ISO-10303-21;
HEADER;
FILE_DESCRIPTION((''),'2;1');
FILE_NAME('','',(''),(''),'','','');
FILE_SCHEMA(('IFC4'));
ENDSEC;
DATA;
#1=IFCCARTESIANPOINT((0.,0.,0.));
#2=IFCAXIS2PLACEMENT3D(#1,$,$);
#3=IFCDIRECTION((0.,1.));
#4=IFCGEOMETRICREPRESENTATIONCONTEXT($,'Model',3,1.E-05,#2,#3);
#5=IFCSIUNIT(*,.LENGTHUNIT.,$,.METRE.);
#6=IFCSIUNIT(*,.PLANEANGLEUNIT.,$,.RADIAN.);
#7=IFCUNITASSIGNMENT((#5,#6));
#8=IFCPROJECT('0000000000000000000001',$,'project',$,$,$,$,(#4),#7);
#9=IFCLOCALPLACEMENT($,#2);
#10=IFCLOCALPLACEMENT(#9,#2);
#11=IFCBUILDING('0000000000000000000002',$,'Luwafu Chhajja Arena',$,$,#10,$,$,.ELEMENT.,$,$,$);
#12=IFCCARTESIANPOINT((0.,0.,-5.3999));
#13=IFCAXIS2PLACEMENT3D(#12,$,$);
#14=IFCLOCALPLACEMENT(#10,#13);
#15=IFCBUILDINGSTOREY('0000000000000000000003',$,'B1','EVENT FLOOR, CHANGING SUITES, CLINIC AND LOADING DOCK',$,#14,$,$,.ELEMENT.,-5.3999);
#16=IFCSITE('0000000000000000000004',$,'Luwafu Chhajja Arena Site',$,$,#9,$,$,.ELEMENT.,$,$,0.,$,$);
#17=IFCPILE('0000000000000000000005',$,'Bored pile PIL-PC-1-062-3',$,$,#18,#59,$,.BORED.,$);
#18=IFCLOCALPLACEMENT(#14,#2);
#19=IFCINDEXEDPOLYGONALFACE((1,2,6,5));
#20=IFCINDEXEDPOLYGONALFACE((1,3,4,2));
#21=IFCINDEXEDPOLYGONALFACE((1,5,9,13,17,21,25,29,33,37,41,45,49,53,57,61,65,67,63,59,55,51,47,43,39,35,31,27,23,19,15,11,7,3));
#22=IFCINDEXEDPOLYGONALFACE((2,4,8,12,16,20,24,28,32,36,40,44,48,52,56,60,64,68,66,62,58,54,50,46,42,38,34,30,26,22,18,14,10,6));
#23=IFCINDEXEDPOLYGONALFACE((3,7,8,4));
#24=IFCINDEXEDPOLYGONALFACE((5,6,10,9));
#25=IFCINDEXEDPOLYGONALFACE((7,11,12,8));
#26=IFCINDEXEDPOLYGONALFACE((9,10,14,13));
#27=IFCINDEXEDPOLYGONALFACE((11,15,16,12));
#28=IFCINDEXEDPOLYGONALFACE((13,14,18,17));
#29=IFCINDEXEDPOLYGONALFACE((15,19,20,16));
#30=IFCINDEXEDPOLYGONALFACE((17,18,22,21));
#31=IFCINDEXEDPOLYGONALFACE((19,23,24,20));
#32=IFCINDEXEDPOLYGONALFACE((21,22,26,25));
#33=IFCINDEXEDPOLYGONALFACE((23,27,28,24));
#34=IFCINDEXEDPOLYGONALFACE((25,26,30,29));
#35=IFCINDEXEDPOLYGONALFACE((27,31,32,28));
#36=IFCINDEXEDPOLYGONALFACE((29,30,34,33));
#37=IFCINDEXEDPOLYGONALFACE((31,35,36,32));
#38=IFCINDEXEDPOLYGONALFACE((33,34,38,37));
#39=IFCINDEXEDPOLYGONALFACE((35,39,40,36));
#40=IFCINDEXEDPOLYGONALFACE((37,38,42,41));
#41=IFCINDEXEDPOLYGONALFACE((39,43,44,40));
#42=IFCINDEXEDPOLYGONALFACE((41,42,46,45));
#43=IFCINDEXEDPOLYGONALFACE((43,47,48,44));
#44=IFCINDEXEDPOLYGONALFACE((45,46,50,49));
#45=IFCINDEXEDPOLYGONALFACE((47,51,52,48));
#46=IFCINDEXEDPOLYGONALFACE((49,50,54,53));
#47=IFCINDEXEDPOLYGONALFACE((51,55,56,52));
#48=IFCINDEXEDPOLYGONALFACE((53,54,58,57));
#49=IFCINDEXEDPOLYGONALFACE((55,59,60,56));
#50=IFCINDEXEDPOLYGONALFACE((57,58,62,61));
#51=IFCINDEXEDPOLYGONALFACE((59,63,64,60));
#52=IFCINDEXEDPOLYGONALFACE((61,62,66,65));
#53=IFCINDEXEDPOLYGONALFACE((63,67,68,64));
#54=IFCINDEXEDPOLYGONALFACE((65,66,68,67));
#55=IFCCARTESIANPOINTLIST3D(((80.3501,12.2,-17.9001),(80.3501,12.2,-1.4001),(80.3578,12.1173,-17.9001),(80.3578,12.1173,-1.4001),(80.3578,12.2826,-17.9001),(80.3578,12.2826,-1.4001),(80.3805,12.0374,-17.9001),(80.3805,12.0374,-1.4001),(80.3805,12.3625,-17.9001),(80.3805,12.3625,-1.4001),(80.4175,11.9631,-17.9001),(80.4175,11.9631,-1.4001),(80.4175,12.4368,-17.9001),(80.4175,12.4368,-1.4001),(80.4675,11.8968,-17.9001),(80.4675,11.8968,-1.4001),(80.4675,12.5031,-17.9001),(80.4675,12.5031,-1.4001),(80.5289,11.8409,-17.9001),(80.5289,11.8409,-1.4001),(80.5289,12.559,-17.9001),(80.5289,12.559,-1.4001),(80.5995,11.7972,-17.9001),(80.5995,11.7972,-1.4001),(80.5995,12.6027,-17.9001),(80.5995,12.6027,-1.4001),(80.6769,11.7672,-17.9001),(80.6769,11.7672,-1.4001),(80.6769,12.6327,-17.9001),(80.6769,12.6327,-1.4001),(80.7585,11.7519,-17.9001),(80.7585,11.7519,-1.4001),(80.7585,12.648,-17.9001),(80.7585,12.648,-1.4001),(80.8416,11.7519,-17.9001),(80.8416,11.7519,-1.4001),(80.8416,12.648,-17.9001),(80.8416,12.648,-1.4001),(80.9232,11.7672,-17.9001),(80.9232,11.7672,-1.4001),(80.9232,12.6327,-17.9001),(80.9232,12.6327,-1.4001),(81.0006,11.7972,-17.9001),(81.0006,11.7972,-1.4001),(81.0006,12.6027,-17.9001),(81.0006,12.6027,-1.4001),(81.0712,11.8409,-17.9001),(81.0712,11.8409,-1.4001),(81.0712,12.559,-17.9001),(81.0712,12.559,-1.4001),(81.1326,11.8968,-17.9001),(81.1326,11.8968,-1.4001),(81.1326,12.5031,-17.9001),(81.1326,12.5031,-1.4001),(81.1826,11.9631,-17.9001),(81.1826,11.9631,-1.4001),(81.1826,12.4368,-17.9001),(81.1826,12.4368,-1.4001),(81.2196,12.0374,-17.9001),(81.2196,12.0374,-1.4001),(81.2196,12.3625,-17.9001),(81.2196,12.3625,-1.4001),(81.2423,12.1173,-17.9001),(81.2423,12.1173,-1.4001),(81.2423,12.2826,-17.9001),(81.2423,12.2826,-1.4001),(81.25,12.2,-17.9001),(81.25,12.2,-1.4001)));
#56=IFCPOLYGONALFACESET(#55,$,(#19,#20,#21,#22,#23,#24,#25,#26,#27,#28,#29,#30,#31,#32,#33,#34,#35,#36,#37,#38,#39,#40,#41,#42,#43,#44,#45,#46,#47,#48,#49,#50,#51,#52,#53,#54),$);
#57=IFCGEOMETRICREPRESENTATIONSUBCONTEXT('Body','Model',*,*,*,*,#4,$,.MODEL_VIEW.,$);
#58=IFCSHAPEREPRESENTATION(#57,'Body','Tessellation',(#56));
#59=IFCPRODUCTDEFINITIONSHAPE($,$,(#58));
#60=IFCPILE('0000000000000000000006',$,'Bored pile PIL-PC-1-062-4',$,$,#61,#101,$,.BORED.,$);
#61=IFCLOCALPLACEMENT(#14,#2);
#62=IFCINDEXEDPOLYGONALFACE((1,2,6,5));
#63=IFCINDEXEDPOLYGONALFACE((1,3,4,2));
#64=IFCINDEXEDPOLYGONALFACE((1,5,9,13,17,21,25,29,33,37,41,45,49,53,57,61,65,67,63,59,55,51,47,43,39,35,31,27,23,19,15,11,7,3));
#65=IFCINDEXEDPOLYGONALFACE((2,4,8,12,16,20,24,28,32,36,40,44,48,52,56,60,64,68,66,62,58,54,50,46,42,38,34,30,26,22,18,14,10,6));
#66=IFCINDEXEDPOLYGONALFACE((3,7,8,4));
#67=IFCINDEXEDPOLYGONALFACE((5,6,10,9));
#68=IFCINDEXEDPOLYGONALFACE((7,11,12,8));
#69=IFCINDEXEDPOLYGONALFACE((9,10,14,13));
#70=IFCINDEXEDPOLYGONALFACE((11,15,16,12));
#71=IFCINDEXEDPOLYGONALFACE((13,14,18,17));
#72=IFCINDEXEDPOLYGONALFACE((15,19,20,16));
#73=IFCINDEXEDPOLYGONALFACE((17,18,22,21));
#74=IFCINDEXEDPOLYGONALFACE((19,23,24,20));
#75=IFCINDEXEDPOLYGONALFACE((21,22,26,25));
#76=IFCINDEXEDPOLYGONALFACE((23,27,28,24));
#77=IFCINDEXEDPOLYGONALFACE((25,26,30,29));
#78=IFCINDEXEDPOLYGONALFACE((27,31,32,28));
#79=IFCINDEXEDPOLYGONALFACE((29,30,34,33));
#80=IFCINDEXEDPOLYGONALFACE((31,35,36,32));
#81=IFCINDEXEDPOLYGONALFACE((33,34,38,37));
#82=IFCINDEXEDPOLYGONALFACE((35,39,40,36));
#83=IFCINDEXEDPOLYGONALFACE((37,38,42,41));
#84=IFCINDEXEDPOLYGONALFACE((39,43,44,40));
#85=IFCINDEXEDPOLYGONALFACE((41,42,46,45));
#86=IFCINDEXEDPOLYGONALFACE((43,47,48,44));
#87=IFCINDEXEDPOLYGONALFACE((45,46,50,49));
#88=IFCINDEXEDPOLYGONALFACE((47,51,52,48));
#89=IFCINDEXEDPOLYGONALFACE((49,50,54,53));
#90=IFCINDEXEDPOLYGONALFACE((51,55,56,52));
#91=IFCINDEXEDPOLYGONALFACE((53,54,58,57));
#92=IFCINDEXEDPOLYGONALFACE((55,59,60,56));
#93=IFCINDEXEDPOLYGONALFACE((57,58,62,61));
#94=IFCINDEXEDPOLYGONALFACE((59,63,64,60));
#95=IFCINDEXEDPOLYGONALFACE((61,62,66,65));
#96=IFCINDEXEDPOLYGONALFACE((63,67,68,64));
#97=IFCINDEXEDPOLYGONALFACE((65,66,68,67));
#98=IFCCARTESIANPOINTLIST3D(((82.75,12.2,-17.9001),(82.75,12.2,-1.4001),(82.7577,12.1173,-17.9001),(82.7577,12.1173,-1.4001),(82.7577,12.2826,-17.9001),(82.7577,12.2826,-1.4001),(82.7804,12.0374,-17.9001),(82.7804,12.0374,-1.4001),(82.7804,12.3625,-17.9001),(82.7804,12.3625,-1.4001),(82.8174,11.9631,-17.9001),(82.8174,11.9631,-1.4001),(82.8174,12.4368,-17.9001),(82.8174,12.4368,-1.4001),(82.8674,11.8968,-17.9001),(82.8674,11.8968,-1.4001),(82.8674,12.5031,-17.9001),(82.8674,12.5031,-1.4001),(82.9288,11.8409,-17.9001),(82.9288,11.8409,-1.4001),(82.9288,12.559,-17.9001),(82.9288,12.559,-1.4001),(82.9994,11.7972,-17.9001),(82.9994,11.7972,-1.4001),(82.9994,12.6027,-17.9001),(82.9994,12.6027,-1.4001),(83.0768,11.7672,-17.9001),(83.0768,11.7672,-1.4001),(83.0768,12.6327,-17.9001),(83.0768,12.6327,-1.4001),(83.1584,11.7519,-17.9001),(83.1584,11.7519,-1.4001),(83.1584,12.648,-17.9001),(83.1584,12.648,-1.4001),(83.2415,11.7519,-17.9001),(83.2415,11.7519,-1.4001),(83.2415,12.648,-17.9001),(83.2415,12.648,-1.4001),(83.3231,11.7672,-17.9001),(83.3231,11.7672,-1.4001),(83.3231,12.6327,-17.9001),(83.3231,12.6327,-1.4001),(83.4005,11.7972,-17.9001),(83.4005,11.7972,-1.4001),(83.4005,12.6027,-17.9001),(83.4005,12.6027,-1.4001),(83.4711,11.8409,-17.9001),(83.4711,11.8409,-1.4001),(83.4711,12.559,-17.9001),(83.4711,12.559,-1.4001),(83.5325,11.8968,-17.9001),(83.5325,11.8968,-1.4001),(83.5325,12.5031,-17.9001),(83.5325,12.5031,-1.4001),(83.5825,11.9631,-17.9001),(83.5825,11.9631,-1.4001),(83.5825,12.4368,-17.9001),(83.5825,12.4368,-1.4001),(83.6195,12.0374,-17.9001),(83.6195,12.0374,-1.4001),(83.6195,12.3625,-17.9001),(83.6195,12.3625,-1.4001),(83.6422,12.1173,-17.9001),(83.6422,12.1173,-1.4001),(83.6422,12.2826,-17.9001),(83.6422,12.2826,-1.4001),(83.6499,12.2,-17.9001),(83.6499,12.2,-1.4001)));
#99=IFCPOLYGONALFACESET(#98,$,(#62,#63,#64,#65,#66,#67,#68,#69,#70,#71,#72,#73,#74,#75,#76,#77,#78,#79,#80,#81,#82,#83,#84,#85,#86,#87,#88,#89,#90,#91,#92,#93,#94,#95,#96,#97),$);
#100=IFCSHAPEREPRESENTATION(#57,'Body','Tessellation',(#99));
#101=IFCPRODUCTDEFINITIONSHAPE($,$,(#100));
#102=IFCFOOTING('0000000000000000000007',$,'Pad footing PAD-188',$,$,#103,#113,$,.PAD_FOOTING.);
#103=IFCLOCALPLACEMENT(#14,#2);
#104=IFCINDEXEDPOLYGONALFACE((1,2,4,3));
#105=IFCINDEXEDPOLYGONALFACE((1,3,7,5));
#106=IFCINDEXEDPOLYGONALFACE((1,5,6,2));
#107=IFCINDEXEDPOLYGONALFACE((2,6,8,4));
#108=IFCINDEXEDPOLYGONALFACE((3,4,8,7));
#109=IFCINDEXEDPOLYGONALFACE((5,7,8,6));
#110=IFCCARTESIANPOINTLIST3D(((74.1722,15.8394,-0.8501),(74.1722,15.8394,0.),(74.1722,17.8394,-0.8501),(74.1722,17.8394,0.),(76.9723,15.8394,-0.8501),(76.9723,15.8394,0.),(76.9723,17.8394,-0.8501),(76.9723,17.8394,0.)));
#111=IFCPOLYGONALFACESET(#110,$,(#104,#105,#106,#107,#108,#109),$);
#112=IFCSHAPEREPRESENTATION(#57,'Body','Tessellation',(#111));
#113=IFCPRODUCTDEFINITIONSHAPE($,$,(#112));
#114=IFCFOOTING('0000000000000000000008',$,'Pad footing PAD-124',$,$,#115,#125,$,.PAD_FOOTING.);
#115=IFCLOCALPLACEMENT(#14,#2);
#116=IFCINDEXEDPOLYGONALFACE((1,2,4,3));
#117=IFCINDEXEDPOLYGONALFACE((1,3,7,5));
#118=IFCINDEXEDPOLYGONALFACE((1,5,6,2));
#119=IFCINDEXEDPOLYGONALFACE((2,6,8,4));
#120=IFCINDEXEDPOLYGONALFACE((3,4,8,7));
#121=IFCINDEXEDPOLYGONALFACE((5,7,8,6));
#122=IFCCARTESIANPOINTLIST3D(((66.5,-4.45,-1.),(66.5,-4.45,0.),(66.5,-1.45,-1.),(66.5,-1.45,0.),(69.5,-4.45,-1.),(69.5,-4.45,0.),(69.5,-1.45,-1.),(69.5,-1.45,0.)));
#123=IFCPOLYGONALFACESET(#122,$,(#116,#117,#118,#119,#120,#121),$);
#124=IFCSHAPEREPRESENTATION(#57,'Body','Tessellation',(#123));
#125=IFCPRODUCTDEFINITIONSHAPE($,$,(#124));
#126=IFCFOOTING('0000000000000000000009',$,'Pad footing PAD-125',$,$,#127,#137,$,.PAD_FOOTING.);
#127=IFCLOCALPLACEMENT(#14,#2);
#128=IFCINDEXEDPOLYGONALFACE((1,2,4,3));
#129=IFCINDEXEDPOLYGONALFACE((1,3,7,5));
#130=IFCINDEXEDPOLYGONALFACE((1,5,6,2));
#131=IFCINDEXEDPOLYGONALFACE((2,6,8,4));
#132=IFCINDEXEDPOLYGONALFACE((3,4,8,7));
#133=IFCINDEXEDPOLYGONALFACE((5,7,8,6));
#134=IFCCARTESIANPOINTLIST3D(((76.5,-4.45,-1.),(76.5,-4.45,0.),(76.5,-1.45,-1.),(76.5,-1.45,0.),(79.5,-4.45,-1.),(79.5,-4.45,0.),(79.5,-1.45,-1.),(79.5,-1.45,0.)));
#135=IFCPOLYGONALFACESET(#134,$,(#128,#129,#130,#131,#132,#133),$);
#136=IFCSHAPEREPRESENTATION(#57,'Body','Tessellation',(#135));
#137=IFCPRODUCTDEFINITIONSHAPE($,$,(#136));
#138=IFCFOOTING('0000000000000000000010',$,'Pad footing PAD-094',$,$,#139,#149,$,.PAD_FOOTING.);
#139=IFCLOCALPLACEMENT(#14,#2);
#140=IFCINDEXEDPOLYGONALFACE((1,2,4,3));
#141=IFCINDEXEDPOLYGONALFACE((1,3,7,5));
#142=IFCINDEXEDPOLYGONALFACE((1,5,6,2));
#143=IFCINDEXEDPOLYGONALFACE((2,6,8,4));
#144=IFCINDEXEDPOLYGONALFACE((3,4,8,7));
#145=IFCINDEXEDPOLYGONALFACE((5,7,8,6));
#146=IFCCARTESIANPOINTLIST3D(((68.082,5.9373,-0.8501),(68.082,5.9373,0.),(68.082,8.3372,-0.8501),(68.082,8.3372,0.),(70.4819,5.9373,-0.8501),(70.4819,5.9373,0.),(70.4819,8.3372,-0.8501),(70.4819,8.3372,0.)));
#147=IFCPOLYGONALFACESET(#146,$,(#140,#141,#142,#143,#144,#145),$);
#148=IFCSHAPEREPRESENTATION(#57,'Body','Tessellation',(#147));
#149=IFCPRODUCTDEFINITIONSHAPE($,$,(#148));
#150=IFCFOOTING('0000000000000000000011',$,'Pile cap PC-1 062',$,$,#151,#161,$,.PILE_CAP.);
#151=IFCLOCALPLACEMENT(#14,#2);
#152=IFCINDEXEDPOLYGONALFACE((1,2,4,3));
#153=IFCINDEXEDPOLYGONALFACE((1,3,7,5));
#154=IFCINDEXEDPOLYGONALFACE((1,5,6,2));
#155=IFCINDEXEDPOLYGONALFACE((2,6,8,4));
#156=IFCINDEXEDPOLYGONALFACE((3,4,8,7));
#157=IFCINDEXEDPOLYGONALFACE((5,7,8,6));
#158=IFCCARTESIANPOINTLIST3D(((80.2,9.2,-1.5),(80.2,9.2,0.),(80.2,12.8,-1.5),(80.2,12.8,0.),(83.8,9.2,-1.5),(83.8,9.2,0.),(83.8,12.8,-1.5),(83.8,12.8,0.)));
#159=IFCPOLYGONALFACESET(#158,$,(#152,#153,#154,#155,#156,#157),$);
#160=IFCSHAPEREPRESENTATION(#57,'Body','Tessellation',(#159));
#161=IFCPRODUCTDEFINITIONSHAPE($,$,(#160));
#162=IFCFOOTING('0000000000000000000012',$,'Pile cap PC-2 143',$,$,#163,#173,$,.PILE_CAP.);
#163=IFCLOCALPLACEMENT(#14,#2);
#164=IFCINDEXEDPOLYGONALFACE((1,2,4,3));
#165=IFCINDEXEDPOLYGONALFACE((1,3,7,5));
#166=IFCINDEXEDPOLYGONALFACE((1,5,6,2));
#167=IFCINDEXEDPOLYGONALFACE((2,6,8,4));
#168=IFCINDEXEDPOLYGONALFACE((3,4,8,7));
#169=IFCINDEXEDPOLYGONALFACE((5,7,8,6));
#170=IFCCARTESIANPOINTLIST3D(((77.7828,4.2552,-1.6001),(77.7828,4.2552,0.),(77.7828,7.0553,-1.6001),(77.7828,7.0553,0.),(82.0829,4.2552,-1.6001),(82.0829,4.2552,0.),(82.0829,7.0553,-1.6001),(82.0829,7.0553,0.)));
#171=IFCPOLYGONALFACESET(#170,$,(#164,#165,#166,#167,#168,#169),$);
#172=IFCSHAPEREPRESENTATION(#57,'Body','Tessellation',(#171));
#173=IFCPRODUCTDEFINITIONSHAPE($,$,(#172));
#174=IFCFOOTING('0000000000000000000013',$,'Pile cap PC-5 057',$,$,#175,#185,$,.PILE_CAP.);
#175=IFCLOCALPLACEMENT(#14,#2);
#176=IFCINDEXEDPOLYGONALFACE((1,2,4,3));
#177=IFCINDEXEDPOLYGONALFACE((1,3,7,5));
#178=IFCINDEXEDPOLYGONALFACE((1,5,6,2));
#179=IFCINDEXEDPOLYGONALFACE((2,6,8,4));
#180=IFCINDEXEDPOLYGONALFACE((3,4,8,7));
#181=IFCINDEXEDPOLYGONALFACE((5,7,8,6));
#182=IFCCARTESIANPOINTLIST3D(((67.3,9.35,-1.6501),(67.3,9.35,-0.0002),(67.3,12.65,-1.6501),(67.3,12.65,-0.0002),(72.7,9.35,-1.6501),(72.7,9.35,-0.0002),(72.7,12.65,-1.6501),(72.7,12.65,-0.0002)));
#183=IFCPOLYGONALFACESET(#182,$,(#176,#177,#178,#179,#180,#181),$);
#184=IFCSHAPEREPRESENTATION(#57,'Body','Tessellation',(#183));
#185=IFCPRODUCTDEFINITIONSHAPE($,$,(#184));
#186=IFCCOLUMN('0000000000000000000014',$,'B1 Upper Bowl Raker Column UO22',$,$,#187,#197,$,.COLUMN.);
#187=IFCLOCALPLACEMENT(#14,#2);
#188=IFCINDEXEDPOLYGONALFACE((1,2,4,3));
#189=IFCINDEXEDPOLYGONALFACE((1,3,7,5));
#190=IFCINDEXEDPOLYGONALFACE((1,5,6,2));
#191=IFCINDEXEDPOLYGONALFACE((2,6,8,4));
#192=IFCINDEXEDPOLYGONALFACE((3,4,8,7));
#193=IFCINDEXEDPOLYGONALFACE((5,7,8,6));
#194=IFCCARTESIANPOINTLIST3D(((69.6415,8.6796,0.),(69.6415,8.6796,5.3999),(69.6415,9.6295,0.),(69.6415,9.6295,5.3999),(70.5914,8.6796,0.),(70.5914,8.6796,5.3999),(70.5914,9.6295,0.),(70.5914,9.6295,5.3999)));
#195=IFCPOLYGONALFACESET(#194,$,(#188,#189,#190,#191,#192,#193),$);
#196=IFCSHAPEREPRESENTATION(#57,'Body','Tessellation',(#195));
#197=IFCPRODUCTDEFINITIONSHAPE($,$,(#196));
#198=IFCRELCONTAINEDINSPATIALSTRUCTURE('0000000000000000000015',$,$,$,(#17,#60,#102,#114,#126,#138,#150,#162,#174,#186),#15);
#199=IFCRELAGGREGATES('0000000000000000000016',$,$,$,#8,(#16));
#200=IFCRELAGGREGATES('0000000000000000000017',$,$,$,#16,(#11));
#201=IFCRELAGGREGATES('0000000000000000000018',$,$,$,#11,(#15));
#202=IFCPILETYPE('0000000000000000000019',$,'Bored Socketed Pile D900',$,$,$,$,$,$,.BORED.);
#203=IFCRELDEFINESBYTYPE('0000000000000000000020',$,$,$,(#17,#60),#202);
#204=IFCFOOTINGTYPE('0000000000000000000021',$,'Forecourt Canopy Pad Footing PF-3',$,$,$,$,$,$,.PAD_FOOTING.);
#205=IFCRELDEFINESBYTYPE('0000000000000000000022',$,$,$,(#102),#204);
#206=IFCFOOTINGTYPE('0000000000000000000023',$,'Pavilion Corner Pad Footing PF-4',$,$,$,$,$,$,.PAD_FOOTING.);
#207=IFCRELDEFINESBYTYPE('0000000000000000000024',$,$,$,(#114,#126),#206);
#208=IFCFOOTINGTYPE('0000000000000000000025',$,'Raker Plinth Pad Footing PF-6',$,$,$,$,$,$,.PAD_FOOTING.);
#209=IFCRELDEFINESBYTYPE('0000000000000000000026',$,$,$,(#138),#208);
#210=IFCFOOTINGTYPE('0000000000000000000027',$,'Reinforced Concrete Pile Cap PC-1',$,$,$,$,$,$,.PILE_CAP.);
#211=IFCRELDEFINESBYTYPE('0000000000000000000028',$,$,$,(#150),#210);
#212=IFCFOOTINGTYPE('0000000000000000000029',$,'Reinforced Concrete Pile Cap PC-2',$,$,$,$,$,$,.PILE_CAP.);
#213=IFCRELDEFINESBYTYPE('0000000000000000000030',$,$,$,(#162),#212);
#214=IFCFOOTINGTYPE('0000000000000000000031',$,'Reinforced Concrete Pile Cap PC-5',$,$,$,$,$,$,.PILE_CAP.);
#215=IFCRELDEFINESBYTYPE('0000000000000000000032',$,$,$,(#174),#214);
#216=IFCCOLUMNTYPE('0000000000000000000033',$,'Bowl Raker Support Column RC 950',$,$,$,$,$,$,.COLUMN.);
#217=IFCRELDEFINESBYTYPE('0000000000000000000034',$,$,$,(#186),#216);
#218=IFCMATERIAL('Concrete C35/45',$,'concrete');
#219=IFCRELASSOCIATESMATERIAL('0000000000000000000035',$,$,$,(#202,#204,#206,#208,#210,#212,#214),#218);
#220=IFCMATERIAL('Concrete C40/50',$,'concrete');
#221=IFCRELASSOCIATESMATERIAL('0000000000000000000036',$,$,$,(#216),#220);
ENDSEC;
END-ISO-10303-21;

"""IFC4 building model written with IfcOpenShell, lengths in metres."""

from ifc_helpers import new_model, si_unit, direction, frame, origin, origin_2d, place, context, subcontext, project, spatial, rectangle, circle, extrude, material, material_profile, profile_set, type_object, element, save


model = new_model("IFC4")

# Units and contexts
model_context = context("Model", 3, precision=1e-05, world=origin(), true_north=direction((0.0, 1.0)))
body_context = subcontext(model_context, "Body", "Model", "MODEL_VIEW")
ifc_project = project(units=[si_unit("LENGTHUNIT", "METRE"), si_unit("PLANEANGLEUNIT", "RADIAN")], contexts=[model_context])

# Site, building, storey
site_placement = place(None, origin())
site = spatial("IfcSite", under=ifc_project, at=site_placement, Name="Luwafu Chhajja Arena Site", CompositionType="ELEMENT", RefElevation=0.0)
building_placement = place(site_placement, origin())
building = spatial("IfcBuilding", under=site, at=building_placement, Name="Luwafu Chhajja Arena", CompositionType="ELEMENT")
storey_placement = place(building_placement, frame((0.0, 0.0, -5.3999)))
storey = spatial("IfcBuildingStorey", under=building, at=storey_placement, Name="B1", Description="EVENT FLOOR, CHANGING SUITES, CLINIC AND LOADING DOCK", CompositionType="ELEMENT", Elevation=-5.3999)

# Piles
ifc_material_1 = material(Name="Concrete C35/45", Category="concrete")
ifc_material_profile_1 = material_profile(ifc_material_1, circle(Radius=0.45, at=origin_2d()), Name="PILE D900")
ifc_profile_set_1 = profile_set([ifc_material_profile_1], Name="Concrete C35/45")
pile_type_1 = type_object("IfcPileType", Name="Bored Socketed Pile D900", PredefinedType="BORED", material=ifc_profile_set_1)
for number, where, z_axis, x_axis, name in (
    (1, (80.8, 12.2, -1.4001), (0.0, 0.0, -1.0), (1.0, 0.0, 0.0), "Bored pile PIL-PC-1-062-3"),
    (2, (83.2, 12.2, -1.4001), (0.0, 0.0, -1.0), (1.0, 0.0, 0.0), "Bored pile PIL-PC-1-062-4"),
):
    element("IfcPile", number, at=place(storey_placement, frame(where, z_axis=z_axis, x_axis=x_axis)), inside=storey, type_object=pile_type_1, Name=name, PredefinedType="BORED", context=body_context, shape_type="SweptSolid", body=[
        extrude(circle(Radius=0.45, at=origin_2d()), origin(), (0.0, 0.0, 1.0), 16.5),
    ])

# Footings
footing_type_1 = type_object("IfcFootingType", Name="Forecourt Canopy Pad Footing PF-3", PredefinedType="PAD_FOOTING", material=ifc_material_1)
footing_1_placement = place(storey_placement, frame((75.5723, 16.8394, -0.8501), z_axis=(0.0, 0.0, 1.0), x_axis=(1.0, 0.0, 0.0)))
element("IfcFooting", 3, at=footing_1_placement, inside=storey, type_object=footing_type_1, Name="Pad footing PAD-188", PredefinedType="PAD_FOOTING", context=body_context, shape_type="SweptSolid", body=[
    extrude(rectangle(XDim=2.8, YDim=2.0, at=origin_2d()), origin(), (0.0, 0.0, 1.0), 0.8501),
])
footing_type_2 = type_object("IfcFootingType", Name="Pavilion Corner Pad Footing PF-4", PredefinedType="PAD_FOOTING", material=ifc_material_1)
for number, where, z_axis, x_axis, name in (
    (4, (68.0, -2.95, -1.0), (0.0, 0.0, 1.0), (1.0, 0.0, 0.0), "Pad footing PAD-124"),
    (5, (78.0, -2.95, -1.0), (0.0, 0.0, 1.0), (1.0, 0.0, 0.0), "Pad footing PAD-125"),
):
    element("IfcFooting", number, at=place(storey_placement, frame(where, z_axis=z_axis, x_axis=x_axis)), inside=storey, type_object=footing_type_2, Name=name, PredefinedType="PAD_FOOTING", context=body_context, shape_type="SweptSolid", body=[
        extrude(rectangle(XDim=3.0, YDim=3.0, at=origin_2d()), origin(), (0.0, 0.0, 1.0), 1.0),
    ])
footing_type_3 = type_object("IfcFootingType", Name="Raker Plinth Pad Footing PF-6", PredefinedType="PAD_FOOTING", material=ifc_material_1)
footing_2_placement = place(storey_placement, frame((69.282, 7.1372, -0.8501), z_axis=(0.0, 0.0, 1.0), x_axis=(1.0, 0.0, 0.0)))
element("IfcFooting", 6, at=footing_2_placement, inside=storey, type_object=footing_type_3, Name="Pad footing PAD-094", PredefinedType="PAD_FOOTING", context=body_context, shape_type="SweptSolid", body=[
    extrude(rectangle(XDim=2.3999, YDim=2.3999, at=origin_2d()), origin(), (0.0, 0.0, 1.0), 0.8501),
])
footing_type_4 = type_object("IfcFootingType", Name="Reinforced Concrete Pile Cap PC-1", PredefinedType="PILE_CAP", material=ifc_material_1)
footing_3_placement = place(storey_placement, frame((82.0, 11.0, -1.5), z_axis=(0.0, 0.0, 1.0), x_axis=(1.0, 0.0, 0.0)))
element("IfcFooting", 7, at=footing_3_placement, inside=storey, type_object=footing_type_4, Name="Pile cap PC-1 062", PredefinedType="PILE_CAP", context=body_context, shape_type="SweptSolid", body=[
    extrude(rectangle(XDim=3.6001, YDim=3.6001, at=origin_2d()), origin(), (0.0, 0.0, 1.0), 1.5),
])
footing_type_5 = type_object("IfcFootingType", Name="Reinforced Concrete Pile Cap PC-2", PredefinedType="PILE_CAP", material=ifc_material_1)
footing_4_placement = place(storey_placement, frame((79.9329, 5.6553, -1.6001), z_axis=(0.0, 0.0, 1.0), x_axis=(1.0, 0.0, 0.0)))
element("IfcFooting", 8, at=footing_4_placement, inside=storey, type_object=footing_type_5, Name="Pile cap PC-2 143", PredefinedType="PILE_CAP", context=body_context, shape_type="SweptSolid", body=[
    extrude(rectangle(XDim=4.3, YDim=2.8, at=origin_2d()), origin(), (0.0, 0.0, 1.0), 1.6001),
])
footing_type_6 = type_object("IfcFootingType", Name="Reinforced Concrete Pile Cap PC-5", PredefinedType="PILE_CAP", material=ifc_material_1)
footing_5_placement = place(storey_placement, frame((70.0, 11.0, -1.6501), z_axis=(0.0, 0.0, 1.0), x_axis=(1.0, 0.0, 0.0)))
element("IfcFooting", 9, at=footing_5_placement, inside=storey, type_object=footing_type_6, Name="Pile cap PC-5 057", PredefinedType="PILE_CAP", context=body_context, shape_type="SweptSolid", body=[
    extrude(rectangle(XDim=5.3999, YDim=3.3, at=origin_2d()), origin(), (0.0, 0.0, 1.0), 1.6499),
])

# Column
ifc_material_2 = material(Name="Concrete C40/50", Category="concrete")
ifc_material_profile_2 = material_profile(ifc_material_2, rectangle(XDim=0.95, YDim=0.95, at=origin_2d()), Name="RC 950x950")
ifc_profile_set_2 = profile_set([ifc_material_profile_2], Name="Concrete C40/50")
column_type_1 = type_object("IfcColumnType", Name="Bowl Raker Support Column RC 950", PredefinedType="COLUMN", material=ifc_profile_set_2)
for number, where, z_axis, x_axis, name in (
    (10, (70.1165, 9.1545, 0.0), (0.0, 0.0, 1.0), (1.0, 0.0, 0.0), "B1 Upper Bowl Raker Column UO22"),
):
    element("IfcColumn", number, at=place(storey_placement, frame(where, z_axis=z_axis, x_axis=x_axis)), inside=storey, type_object=column_type_1, Name=name, PredefinedType="COLUMN", context=body_context, shape_type="SweptSolid", body=[
        extrude(rectangle(XDim=0.95, YDim=0.95, at=origin_2d()), origin(), (0.0, 0.0, 1.0), 5.3999),
    ])

save(model, "model.ifc")
